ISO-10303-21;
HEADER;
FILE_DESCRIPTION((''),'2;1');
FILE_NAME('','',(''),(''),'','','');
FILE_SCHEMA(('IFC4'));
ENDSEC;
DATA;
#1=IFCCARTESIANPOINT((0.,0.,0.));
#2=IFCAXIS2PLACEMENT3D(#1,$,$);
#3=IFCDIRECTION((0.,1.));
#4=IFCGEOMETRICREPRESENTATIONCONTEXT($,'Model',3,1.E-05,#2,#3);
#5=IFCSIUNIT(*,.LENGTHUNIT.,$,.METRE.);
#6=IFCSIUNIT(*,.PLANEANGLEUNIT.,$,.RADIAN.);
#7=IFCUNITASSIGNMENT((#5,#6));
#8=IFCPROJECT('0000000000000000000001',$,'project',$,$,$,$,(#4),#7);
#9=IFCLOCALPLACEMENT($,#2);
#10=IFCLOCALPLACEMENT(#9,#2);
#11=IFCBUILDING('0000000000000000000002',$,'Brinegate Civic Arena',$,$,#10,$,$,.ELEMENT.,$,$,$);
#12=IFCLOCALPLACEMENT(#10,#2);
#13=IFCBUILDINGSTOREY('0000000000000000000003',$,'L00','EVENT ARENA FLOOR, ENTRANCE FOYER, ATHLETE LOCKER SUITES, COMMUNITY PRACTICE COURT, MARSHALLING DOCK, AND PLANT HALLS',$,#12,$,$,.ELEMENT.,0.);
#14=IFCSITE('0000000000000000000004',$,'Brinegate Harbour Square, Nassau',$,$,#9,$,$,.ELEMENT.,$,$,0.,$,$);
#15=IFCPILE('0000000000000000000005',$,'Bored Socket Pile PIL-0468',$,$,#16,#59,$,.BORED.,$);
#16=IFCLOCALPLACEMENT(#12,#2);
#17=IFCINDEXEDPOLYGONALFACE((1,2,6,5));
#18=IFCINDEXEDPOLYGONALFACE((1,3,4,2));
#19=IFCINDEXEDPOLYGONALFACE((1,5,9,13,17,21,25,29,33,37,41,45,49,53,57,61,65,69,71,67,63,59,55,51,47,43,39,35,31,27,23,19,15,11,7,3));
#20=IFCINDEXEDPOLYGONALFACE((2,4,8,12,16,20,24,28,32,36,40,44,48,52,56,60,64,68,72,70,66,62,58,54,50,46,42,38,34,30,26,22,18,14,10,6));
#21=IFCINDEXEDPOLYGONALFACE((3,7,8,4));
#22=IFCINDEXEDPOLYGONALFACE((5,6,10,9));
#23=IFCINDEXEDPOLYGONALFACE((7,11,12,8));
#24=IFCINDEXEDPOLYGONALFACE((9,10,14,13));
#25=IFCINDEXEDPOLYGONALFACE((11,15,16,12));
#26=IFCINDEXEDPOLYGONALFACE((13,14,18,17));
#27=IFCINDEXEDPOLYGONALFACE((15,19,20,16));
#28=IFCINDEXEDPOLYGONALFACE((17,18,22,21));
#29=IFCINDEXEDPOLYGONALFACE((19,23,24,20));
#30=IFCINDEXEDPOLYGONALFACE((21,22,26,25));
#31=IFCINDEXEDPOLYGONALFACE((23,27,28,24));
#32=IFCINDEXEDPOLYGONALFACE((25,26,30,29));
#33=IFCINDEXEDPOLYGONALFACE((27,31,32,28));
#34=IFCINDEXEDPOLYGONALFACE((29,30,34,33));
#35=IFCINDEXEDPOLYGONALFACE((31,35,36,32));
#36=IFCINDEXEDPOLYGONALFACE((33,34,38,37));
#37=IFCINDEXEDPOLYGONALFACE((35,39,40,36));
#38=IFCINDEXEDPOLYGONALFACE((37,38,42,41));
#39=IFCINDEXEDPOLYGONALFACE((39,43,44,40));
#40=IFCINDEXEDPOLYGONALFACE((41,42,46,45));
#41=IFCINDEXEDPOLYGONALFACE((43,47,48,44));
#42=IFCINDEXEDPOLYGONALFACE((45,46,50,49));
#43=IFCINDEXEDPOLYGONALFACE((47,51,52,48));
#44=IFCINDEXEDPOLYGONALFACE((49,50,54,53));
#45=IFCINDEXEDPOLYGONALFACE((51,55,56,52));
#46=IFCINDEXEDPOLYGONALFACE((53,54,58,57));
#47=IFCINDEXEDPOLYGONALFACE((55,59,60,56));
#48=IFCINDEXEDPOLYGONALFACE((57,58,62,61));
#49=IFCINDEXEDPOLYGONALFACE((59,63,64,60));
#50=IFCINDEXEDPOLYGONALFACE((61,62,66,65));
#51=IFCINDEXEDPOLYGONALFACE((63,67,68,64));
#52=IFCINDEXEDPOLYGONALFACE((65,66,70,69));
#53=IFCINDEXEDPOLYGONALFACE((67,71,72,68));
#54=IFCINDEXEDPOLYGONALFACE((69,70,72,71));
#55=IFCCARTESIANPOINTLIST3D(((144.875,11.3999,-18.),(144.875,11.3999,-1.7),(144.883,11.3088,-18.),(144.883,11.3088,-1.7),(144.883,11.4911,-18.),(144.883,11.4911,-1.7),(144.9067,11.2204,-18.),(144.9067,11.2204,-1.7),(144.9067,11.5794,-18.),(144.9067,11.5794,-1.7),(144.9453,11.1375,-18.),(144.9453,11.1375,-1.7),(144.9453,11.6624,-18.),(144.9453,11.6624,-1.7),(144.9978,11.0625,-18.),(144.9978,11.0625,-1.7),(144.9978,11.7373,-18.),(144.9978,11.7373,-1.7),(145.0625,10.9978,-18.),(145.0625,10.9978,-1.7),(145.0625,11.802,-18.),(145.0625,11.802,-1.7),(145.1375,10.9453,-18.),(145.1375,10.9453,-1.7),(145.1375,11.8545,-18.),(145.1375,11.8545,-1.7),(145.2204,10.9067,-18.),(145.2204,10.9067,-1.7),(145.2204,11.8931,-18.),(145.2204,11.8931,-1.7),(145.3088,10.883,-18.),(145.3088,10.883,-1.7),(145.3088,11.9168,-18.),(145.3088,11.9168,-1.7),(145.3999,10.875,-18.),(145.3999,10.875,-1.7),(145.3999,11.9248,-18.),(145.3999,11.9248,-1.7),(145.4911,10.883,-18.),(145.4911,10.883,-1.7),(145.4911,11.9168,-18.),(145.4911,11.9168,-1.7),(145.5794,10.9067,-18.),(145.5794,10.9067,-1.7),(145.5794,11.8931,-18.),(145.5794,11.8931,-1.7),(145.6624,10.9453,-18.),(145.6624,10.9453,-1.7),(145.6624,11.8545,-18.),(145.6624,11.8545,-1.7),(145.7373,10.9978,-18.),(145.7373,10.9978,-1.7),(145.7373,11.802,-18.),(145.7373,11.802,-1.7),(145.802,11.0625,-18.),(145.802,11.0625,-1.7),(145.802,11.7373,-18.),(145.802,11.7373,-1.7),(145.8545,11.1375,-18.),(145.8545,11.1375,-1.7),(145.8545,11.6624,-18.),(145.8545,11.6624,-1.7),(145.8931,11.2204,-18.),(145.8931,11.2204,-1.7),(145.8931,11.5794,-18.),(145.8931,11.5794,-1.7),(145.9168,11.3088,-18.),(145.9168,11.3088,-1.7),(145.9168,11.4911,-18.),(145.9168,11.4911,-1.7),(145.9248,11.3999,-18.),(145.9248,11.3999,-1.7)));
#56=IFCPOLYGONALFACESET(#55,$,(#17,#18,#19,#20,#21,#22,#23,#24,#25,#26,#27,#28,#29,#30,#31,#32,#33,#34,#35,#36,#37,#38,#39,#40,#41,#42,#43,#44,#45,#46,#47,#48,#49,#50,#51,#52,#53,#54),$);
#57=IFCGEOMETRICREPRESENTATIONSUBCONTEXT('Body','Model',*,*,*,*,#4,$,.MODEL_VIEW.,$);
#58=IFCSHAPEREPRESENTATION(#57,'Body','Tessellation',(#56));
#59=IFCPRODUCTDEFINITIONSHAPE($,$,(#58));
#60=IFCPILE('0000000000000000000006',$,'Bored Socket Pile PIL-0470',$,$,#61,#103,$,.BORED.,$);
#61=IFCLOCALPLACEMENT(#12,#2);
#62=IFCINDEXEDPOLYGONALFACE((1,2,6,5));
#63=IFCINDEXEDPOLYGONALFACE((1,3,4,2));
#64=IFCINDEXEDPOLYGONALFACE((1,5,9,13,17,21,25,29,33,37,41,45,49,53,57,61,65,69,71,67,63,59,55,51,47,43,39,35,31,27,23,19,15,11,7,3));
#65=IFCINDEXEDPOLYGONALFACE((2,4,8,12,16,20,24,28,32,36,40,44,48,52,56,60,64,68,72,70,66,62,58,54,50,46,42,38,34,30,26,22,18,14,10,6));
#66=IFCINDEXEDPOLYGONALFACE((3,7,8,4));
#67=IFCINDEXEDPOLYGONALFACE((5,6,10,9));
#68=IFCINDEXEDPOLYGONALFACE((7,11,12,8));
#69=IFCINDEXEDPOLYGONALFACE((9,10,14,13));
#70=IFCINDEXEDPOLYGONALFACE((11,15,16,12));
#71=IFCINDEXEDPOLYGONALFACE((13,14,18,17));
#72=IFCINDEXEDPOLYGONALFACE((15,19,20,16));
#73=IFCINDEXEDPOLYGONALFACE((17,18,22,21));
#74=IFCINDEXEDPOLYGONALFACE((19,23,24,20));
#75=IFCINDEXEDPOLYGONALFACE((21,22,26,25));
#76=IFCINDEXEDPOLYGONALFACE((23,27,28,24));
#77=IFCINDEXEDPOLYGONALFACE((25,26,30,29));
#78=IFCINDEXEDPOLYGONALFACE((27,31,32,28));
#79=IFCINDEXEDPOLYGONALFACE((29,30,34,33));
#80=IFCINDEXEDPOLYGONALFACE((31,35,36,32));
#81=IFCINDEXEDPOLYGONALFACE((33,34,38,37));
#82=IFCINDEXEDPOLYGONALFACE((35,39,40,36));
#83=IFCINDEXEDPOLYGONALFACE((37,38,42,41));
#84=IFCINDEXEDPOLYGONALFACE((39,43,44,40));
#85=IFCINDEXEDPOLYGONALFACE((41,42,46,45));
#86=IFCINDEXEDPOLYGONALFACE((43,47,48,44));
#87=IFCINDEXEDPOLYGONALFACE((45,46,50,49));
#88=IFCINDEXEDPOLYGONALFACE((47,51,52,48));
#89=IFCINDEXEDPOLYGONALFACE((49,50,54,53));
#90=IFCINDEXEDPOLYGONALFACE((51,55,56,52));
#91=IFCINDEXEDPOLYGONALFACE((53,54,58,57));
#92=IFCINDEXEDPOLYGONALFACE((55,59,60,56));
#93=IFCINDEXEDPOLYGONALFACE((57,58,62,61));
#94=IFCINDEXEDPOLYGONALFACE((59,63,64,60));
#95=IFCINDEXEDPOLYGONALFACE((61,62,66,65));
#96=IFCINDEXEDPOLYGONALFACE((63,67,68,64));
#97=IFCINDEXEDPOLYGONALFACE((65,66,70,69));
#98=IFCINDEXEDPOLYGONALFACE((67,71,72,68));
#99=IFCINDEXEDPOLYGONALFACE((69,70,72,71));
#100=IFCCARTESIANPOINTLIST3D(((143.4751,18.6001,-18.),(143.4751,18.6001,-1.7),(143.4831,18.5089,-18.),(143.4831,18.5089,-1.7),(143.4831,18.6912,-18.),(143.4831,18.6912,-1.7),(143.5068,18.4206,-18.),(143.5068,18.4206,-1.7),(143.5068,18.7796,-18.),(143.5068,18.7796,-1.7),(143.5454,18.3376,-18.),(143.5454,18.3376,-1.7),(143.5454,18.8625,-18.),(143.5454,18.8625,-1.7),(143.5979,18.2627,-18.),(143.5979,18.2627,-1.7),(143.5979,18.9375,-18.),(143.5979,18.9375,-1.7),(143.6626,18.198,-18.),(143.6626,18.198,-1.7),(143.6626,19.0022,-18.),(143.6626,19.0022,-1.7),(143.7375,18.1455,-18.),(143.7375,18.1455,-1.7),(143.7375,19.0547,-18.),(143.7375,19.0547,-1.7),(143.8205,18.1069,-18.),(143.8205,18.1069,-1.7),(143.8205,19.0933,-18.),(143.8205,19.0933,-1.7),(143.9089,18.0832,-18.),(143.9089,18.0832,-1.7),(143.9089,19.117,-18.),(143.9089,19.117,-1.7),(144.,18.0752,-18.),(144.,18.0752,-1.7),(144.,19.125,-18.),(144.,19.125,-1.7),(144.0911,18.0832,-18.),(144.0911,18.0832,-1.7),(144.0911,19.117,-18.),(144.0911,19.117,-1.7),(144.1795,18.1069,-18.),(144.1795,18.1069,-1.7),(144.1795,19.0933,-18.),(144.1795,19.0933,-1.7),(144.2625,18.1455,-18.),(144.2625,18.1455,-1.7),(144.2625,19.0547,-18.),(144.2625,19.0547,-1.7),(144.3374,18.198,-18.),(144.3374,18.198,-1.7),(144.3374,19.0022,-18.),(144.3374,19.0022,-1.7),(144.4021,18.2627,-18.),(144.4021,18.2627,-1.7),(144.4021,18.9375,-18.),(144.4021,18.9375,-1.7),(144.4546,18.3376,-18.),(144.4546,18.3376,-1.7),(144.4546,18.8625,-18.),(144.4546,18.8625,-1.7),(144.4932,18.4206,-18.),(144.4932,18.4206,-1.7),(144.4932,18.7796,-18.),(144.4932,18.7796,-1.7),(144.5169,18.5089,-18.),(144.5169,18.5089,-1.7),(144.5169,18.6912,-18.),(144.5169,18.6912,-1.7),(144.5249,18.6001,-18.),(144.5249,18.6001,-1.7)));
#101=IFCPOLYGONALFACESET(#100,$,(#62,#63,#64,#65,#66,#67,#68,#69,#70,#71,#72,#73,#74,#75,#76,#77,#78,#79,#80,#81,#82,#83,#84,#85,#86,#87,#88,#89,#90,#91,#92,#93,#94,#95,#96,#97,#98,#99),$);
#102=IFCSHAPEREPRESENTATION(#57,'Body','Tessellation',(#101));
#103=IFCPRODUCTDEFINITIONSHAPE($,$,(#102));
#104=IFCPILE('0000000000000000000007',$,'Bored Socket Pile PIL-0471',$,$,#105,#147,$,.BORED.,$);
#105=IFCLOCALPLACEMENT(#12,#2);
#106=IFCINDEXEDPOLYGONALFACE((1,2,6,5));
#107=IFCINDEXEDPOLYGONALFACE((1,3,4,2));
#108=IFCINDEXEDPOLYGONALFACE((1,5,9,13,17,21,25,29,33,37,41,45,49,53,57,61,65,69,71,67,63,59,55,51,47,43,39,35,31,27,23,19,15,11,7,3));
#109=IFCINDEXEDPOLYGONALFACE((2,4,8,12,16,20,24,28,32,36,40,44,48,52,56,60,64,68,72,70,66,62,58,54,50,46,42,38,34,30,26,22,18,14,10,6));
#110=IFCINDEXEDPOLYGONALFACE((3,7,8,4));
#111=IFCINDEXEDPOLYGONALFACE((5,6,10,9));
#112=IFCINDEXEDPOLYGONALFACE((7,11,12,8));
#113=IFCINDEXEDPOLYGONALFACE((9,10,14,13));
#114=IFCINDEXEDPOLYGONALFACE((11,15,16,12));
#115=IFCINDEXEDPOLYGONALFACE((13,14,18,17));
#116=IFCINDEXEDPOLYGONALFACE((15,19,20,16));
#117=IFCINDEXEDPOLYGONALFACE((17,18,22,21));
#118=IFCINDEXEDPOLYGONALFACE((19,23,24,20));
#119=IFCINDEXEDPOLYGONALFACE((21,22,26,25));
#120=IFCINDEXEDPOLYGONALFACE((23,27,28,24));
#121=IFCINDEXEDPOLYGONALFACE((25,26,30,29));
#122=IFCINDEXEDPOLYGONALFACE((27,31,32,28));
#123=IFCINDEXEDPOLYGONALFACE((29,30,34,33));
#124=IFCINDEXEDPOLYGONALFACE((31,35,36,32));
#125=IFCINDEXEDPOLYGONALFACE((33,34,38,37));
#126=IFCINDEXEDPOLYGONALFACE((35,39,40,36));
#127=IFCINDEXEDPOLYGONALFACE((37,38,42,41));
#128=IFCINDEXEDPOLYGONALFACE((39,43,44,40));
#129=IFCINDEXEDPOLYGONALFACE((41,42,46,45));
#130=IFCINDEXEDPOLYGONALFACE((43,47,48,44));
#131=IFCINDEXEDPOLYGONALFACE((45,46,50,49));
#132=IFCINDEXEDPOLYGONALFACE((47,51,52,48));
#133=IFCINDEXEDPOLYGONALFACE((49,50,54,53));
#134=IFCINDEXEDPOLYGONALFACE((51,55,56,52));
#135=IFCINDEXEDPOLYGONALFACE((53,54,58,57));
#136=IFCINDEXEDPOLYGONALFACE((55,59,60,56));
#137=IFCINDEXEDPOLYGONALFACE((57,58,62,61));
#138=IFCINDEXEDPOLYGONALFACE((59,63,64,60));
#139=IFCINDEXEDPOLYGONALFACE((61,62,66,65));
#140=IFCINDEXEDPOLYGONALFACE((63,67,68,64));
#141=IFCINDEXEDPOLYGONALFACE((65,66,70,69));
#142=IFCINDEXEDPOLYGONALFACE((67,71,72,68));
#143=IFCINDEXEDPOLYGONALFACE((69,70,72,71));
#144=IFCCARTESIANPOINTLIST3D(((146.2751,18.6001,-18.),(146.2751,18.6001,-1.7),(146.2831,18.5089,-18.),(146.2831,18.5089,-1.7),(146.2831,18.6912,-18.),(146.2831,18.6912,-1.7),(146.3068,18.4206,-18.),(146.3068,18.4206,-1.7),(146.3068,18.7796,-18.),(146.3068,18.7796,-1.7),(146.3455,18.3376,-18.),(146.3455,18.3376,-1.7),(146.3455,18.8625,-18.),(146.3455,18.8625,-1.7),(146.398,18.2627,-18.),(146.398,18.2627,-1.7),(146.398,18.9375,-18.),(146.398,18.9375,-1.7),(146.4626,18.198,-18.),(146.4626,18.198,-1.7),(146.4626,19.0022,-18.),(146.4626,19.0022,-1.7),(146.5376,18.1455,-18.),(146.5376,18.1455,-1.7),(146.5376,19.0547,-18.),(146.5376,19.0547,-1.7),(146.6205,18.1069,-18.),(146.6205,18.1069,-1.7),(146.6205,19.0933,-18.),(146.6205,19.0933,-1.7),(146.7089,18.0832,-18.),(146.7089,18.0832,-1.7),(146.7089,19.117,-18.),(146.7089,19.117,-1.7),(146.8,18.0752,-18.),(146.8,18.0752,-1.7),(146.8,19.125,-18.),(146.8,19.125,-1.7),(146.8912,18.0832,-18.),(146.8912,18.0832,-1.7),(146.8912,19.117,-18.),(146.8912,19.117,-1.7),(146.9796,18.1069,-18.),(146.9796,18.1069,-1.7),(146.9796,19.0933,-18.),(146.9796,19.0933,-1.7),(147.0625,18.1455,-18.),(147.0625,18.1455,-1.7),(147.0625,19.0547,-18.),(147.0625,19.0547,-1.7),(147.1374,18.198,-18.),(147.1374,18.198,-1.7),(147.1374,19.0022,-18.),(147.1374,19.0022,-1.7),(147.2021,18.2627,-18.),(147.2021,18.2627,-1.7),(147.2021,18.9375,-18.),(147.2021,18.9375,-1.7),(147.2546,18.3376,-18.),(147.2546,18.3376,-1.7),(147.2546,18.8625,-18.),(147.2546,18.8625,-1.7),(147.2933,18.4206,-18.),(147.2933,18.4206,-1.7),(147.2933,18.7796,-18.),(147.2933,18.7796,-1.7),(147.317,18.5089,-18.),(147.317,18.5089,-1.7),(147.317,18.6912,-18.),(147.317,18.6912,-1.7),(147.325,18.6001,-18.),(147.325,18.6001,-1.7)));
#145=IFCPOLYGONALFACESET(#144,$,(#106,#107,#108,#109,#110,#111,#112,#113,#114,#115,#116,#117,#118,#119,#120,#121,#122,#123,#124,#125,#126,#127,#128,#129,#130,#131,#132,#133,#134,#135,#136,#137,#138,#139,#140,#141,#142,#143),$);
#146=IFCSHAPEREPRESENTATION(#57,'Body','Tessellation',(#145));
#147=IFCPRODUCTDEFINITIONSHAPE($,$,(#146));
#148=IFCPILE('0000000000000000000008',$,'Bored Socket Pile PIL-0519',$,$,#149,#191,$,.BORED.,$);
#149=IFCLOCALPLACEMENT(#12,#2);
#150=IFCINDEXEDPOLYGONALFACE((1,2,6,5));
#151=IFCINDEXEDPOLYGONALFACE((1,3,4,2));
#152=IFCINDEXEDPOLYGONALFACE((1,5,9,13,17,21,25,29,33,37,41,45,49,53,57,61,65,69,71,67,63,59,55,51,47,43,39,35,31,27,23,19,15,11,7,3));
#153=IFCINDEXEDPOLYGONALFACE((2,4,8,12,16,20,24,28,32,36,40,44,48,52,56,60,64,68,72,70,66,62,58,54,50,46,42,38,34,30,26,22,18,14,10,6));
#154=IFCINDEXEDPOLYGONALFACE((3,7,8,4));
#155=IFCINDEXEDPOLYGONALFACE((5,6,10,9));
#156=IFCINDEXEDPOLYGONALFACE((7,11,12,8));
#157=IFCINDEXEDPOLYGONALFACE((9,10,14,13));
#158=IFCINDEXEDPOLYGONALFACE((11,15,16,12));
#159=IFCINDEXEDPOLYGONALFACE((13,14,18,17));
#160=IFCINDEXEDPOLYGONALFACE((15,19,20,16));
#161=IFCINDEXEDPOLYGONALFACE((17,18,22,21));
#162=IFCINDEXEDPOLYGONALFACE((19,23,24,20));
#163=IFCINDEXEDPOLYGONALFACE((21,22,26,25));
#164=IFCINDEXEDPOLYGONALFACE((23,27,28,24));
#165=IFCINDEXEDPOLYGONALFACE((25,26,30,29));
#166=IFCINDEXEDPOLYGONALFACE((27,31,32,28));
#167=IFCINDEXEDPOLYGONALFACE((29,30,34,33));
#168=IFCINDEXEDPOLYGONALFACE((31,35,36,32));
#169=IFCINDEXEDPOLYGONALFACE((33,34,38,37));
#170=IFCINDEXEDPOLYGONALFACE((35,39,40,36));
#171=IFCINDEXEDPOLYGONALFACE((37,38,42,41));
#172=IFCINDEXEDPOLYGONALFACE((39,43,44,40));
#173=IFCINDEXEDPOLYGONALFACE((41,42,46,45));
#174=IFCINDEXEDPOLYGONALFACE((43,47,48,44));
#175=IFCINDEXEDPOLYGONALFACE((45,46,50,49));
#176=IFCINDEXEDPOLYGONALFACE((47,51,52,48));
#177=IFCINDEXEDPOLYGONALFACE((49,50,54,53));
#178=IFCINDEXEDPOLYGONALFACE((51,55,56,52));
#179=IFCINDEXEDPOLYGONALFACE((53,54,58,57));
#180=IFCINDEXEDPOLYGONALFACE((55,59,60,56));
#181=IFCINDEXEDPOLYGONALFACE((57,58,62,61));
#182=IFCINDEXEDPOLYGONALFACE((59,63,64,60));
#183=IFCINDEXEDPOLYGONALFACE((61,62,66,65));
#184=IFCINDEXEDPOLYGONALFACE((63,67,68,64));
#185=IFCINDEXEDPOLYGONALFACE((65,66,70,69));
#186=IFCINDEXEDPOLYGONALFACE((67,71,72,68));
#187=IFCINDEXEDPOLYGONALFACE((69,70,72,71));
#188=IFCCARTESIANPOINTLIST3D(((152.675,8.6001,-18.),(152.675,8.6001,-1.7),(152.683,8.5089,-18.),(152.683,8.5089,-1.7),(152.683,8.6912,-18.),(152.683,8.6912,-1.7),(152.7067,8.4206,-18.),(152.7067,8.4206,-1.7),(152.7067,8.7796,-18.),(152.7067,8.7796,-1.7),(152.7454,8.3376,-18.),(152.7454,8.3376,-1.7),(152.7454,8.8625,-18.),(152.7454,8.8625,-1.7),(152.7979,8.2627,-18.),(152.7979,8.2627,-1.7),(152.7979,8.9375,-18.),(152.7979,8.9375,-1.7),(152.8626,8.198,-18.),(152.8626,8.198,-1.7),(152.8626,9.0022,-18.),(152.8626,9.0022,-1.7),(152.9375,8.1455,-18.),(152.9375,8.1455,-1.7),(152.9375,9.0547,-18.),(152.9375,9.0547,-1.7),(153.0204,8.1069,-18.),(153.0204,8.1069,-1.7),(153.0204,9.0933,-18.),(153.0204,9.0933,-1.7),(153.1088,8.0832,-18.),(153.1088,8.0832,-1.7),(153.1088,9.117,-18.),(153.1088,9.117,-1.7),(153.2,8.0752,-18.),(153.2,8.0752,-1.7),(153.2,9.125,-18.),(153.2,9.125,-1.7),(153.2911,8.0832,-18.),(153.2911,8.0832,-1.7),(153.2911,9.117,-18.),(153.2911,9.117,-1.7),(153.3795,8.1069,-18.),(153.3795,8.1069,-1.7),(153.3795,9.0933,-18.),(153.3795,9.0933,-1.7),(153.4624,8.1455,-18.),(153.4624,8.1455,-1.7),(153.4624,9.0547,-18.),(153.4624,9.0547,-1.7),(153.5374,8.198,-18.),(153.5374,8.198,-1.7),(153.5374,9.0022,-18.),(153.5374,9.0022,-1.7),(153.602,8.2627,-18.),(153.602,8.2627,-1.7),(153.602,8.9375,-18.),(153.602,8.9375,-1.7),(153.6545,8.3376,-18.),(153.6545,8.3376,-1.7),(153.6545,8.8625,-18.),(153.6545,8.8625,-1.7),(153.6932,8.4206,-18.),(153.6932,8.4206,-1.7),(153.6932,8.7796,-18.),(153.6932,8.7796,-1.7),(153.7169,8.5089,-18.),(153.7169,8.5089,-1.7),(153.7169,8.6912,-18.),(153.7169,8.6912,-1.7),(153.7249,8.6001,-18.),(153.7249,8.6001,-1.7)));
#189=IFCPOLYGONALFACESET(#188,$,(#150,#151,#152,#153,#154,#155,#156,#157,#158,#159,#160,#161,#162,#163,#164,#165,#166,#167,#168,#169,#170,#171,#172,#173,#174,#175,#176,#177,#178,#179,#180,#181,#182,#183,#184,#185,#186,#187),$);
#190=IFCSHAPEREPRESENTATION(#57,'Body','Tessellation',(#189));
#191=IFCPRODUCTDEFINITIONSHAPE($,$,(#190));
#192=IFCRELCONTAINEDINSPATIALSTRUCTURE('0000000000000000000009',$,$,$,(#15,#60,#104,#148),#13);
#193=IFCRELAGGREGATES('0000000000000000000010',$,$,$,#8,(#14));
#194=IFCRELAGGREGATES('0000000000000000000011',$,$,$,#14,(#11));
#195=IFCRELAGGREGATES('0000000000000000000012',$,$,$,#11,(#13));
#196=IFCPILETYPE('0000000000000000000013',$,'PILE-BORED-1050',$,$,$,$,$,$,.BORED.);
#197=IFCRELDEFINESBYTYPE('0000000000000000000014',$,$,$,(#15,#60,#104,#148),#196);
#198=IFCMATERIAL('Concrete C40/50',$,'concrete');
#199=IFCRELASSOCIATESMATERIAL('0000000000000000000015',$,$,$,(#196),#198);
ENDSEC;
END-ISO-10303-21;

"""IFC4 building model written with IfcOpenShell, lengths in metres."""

from ifc_helpers import new_model, si_unit, direction, frame, origin, origin_2d, place, context, subcontext, project, spatial, circle, extrude, material, material_profile, profile_set, type_object, element, save


model = new_model("IFC4")

# Units and contexts
model_context = context("Model", 3, precision=1e-05, world=origin(), true_north=direction((0.0, 1.0)))
body_context = subcontext(model_context, "Body", "Model", "MODEL_VIEW")
ifc_project = project(units=[si_unit("LENGTHUNIT", "METRE"), si_unit("PLANEANGLEUNIT", "RADIAN")], contexts=[model_context])

# Site, building, storey
site_placement = place(None, origin())
site = spatial("IfcSite", under=ifc_project, at=site_placement, Name="Brinegate Harbour Square, Nassau", CompositionType="ELEMENT", RefElevation=0.0)
building_placement = place(site_placement, origin())
building = spatial("IfcBuilding", under=site, at=building_placement, Name="Brinegate Civic Arena", CompositionType="ELEMENT")
storey_placement = place(building_placement, origin())
storey = spatial("IfcBuildingStorey", under=building, at=storey_placement, Name="L00", Description="EVENT ARENA FLOOR, ENTRANCE FOYER, ATHLETE LOCKER SUITES, COMMUNITY PRACTICE COURT, MARSHALLING DOCK, AND PLANT HALLS", CompositionType="ELEMENT", Elevation=0.0)

# Shared definitions
ifc_material_1 = material(Name="Concrete C40/50", Category="concrete")

# Piles
ifc_material_profile_1 = material_profile(ifc_material_1, circle(Radius=0.5249, at=origin_2d()), Name="PILED1050")
ifc_profile_set_1 = profile_set([ifc_material_profile_1], Name="Concrete C40/50")
pile_type = type_object("IfcPileType", Name="PILE-BORED-1050", PredefinedType="BORED", material=ifc_profile_set_1)
for number, where, z_axis, x_axis, name in (
    (1, (145.3999, 11.3999, -1.7), (0.0, 0.0, -1.0), (1.0, 0.0, 0.0), "Bored Socket Pile PIL-0468"),
    (2, (144.0, 18.6001, -1.7), (0.0, 0.0, -1.0), (1.0, 0.0, 0.0), "Bored Socket Pile PIL-0470"),
    (3, (146.8, 18.6001, -1.7), (0.0, 0.0, -1.0), (1.0, 0.0, 0.0), "Bored Socket Pile PIL-0471"),
    (4, (153.2, 8.6001, -1.7), (0.0, 0.0, -1.0), (1.0, 0.0, 0.0), "Bored Socket Pile PIL-0519"),
):
    element("IfcPile", number, at=place(storey_placement, frame(where, z_axis=z_axis, x_axis=x_axis)), inside=storey, type_object=pile_type, Name=name, PredefinedType="BORED", context=body_context, shape_type="SweptSolid", body=[
        extrude(circle(Radius=0.5249, at=origin_2d()), origin(), (0.0, 0.0, 1.0), 16.3),
    ])

save(model, "model.ifc")
